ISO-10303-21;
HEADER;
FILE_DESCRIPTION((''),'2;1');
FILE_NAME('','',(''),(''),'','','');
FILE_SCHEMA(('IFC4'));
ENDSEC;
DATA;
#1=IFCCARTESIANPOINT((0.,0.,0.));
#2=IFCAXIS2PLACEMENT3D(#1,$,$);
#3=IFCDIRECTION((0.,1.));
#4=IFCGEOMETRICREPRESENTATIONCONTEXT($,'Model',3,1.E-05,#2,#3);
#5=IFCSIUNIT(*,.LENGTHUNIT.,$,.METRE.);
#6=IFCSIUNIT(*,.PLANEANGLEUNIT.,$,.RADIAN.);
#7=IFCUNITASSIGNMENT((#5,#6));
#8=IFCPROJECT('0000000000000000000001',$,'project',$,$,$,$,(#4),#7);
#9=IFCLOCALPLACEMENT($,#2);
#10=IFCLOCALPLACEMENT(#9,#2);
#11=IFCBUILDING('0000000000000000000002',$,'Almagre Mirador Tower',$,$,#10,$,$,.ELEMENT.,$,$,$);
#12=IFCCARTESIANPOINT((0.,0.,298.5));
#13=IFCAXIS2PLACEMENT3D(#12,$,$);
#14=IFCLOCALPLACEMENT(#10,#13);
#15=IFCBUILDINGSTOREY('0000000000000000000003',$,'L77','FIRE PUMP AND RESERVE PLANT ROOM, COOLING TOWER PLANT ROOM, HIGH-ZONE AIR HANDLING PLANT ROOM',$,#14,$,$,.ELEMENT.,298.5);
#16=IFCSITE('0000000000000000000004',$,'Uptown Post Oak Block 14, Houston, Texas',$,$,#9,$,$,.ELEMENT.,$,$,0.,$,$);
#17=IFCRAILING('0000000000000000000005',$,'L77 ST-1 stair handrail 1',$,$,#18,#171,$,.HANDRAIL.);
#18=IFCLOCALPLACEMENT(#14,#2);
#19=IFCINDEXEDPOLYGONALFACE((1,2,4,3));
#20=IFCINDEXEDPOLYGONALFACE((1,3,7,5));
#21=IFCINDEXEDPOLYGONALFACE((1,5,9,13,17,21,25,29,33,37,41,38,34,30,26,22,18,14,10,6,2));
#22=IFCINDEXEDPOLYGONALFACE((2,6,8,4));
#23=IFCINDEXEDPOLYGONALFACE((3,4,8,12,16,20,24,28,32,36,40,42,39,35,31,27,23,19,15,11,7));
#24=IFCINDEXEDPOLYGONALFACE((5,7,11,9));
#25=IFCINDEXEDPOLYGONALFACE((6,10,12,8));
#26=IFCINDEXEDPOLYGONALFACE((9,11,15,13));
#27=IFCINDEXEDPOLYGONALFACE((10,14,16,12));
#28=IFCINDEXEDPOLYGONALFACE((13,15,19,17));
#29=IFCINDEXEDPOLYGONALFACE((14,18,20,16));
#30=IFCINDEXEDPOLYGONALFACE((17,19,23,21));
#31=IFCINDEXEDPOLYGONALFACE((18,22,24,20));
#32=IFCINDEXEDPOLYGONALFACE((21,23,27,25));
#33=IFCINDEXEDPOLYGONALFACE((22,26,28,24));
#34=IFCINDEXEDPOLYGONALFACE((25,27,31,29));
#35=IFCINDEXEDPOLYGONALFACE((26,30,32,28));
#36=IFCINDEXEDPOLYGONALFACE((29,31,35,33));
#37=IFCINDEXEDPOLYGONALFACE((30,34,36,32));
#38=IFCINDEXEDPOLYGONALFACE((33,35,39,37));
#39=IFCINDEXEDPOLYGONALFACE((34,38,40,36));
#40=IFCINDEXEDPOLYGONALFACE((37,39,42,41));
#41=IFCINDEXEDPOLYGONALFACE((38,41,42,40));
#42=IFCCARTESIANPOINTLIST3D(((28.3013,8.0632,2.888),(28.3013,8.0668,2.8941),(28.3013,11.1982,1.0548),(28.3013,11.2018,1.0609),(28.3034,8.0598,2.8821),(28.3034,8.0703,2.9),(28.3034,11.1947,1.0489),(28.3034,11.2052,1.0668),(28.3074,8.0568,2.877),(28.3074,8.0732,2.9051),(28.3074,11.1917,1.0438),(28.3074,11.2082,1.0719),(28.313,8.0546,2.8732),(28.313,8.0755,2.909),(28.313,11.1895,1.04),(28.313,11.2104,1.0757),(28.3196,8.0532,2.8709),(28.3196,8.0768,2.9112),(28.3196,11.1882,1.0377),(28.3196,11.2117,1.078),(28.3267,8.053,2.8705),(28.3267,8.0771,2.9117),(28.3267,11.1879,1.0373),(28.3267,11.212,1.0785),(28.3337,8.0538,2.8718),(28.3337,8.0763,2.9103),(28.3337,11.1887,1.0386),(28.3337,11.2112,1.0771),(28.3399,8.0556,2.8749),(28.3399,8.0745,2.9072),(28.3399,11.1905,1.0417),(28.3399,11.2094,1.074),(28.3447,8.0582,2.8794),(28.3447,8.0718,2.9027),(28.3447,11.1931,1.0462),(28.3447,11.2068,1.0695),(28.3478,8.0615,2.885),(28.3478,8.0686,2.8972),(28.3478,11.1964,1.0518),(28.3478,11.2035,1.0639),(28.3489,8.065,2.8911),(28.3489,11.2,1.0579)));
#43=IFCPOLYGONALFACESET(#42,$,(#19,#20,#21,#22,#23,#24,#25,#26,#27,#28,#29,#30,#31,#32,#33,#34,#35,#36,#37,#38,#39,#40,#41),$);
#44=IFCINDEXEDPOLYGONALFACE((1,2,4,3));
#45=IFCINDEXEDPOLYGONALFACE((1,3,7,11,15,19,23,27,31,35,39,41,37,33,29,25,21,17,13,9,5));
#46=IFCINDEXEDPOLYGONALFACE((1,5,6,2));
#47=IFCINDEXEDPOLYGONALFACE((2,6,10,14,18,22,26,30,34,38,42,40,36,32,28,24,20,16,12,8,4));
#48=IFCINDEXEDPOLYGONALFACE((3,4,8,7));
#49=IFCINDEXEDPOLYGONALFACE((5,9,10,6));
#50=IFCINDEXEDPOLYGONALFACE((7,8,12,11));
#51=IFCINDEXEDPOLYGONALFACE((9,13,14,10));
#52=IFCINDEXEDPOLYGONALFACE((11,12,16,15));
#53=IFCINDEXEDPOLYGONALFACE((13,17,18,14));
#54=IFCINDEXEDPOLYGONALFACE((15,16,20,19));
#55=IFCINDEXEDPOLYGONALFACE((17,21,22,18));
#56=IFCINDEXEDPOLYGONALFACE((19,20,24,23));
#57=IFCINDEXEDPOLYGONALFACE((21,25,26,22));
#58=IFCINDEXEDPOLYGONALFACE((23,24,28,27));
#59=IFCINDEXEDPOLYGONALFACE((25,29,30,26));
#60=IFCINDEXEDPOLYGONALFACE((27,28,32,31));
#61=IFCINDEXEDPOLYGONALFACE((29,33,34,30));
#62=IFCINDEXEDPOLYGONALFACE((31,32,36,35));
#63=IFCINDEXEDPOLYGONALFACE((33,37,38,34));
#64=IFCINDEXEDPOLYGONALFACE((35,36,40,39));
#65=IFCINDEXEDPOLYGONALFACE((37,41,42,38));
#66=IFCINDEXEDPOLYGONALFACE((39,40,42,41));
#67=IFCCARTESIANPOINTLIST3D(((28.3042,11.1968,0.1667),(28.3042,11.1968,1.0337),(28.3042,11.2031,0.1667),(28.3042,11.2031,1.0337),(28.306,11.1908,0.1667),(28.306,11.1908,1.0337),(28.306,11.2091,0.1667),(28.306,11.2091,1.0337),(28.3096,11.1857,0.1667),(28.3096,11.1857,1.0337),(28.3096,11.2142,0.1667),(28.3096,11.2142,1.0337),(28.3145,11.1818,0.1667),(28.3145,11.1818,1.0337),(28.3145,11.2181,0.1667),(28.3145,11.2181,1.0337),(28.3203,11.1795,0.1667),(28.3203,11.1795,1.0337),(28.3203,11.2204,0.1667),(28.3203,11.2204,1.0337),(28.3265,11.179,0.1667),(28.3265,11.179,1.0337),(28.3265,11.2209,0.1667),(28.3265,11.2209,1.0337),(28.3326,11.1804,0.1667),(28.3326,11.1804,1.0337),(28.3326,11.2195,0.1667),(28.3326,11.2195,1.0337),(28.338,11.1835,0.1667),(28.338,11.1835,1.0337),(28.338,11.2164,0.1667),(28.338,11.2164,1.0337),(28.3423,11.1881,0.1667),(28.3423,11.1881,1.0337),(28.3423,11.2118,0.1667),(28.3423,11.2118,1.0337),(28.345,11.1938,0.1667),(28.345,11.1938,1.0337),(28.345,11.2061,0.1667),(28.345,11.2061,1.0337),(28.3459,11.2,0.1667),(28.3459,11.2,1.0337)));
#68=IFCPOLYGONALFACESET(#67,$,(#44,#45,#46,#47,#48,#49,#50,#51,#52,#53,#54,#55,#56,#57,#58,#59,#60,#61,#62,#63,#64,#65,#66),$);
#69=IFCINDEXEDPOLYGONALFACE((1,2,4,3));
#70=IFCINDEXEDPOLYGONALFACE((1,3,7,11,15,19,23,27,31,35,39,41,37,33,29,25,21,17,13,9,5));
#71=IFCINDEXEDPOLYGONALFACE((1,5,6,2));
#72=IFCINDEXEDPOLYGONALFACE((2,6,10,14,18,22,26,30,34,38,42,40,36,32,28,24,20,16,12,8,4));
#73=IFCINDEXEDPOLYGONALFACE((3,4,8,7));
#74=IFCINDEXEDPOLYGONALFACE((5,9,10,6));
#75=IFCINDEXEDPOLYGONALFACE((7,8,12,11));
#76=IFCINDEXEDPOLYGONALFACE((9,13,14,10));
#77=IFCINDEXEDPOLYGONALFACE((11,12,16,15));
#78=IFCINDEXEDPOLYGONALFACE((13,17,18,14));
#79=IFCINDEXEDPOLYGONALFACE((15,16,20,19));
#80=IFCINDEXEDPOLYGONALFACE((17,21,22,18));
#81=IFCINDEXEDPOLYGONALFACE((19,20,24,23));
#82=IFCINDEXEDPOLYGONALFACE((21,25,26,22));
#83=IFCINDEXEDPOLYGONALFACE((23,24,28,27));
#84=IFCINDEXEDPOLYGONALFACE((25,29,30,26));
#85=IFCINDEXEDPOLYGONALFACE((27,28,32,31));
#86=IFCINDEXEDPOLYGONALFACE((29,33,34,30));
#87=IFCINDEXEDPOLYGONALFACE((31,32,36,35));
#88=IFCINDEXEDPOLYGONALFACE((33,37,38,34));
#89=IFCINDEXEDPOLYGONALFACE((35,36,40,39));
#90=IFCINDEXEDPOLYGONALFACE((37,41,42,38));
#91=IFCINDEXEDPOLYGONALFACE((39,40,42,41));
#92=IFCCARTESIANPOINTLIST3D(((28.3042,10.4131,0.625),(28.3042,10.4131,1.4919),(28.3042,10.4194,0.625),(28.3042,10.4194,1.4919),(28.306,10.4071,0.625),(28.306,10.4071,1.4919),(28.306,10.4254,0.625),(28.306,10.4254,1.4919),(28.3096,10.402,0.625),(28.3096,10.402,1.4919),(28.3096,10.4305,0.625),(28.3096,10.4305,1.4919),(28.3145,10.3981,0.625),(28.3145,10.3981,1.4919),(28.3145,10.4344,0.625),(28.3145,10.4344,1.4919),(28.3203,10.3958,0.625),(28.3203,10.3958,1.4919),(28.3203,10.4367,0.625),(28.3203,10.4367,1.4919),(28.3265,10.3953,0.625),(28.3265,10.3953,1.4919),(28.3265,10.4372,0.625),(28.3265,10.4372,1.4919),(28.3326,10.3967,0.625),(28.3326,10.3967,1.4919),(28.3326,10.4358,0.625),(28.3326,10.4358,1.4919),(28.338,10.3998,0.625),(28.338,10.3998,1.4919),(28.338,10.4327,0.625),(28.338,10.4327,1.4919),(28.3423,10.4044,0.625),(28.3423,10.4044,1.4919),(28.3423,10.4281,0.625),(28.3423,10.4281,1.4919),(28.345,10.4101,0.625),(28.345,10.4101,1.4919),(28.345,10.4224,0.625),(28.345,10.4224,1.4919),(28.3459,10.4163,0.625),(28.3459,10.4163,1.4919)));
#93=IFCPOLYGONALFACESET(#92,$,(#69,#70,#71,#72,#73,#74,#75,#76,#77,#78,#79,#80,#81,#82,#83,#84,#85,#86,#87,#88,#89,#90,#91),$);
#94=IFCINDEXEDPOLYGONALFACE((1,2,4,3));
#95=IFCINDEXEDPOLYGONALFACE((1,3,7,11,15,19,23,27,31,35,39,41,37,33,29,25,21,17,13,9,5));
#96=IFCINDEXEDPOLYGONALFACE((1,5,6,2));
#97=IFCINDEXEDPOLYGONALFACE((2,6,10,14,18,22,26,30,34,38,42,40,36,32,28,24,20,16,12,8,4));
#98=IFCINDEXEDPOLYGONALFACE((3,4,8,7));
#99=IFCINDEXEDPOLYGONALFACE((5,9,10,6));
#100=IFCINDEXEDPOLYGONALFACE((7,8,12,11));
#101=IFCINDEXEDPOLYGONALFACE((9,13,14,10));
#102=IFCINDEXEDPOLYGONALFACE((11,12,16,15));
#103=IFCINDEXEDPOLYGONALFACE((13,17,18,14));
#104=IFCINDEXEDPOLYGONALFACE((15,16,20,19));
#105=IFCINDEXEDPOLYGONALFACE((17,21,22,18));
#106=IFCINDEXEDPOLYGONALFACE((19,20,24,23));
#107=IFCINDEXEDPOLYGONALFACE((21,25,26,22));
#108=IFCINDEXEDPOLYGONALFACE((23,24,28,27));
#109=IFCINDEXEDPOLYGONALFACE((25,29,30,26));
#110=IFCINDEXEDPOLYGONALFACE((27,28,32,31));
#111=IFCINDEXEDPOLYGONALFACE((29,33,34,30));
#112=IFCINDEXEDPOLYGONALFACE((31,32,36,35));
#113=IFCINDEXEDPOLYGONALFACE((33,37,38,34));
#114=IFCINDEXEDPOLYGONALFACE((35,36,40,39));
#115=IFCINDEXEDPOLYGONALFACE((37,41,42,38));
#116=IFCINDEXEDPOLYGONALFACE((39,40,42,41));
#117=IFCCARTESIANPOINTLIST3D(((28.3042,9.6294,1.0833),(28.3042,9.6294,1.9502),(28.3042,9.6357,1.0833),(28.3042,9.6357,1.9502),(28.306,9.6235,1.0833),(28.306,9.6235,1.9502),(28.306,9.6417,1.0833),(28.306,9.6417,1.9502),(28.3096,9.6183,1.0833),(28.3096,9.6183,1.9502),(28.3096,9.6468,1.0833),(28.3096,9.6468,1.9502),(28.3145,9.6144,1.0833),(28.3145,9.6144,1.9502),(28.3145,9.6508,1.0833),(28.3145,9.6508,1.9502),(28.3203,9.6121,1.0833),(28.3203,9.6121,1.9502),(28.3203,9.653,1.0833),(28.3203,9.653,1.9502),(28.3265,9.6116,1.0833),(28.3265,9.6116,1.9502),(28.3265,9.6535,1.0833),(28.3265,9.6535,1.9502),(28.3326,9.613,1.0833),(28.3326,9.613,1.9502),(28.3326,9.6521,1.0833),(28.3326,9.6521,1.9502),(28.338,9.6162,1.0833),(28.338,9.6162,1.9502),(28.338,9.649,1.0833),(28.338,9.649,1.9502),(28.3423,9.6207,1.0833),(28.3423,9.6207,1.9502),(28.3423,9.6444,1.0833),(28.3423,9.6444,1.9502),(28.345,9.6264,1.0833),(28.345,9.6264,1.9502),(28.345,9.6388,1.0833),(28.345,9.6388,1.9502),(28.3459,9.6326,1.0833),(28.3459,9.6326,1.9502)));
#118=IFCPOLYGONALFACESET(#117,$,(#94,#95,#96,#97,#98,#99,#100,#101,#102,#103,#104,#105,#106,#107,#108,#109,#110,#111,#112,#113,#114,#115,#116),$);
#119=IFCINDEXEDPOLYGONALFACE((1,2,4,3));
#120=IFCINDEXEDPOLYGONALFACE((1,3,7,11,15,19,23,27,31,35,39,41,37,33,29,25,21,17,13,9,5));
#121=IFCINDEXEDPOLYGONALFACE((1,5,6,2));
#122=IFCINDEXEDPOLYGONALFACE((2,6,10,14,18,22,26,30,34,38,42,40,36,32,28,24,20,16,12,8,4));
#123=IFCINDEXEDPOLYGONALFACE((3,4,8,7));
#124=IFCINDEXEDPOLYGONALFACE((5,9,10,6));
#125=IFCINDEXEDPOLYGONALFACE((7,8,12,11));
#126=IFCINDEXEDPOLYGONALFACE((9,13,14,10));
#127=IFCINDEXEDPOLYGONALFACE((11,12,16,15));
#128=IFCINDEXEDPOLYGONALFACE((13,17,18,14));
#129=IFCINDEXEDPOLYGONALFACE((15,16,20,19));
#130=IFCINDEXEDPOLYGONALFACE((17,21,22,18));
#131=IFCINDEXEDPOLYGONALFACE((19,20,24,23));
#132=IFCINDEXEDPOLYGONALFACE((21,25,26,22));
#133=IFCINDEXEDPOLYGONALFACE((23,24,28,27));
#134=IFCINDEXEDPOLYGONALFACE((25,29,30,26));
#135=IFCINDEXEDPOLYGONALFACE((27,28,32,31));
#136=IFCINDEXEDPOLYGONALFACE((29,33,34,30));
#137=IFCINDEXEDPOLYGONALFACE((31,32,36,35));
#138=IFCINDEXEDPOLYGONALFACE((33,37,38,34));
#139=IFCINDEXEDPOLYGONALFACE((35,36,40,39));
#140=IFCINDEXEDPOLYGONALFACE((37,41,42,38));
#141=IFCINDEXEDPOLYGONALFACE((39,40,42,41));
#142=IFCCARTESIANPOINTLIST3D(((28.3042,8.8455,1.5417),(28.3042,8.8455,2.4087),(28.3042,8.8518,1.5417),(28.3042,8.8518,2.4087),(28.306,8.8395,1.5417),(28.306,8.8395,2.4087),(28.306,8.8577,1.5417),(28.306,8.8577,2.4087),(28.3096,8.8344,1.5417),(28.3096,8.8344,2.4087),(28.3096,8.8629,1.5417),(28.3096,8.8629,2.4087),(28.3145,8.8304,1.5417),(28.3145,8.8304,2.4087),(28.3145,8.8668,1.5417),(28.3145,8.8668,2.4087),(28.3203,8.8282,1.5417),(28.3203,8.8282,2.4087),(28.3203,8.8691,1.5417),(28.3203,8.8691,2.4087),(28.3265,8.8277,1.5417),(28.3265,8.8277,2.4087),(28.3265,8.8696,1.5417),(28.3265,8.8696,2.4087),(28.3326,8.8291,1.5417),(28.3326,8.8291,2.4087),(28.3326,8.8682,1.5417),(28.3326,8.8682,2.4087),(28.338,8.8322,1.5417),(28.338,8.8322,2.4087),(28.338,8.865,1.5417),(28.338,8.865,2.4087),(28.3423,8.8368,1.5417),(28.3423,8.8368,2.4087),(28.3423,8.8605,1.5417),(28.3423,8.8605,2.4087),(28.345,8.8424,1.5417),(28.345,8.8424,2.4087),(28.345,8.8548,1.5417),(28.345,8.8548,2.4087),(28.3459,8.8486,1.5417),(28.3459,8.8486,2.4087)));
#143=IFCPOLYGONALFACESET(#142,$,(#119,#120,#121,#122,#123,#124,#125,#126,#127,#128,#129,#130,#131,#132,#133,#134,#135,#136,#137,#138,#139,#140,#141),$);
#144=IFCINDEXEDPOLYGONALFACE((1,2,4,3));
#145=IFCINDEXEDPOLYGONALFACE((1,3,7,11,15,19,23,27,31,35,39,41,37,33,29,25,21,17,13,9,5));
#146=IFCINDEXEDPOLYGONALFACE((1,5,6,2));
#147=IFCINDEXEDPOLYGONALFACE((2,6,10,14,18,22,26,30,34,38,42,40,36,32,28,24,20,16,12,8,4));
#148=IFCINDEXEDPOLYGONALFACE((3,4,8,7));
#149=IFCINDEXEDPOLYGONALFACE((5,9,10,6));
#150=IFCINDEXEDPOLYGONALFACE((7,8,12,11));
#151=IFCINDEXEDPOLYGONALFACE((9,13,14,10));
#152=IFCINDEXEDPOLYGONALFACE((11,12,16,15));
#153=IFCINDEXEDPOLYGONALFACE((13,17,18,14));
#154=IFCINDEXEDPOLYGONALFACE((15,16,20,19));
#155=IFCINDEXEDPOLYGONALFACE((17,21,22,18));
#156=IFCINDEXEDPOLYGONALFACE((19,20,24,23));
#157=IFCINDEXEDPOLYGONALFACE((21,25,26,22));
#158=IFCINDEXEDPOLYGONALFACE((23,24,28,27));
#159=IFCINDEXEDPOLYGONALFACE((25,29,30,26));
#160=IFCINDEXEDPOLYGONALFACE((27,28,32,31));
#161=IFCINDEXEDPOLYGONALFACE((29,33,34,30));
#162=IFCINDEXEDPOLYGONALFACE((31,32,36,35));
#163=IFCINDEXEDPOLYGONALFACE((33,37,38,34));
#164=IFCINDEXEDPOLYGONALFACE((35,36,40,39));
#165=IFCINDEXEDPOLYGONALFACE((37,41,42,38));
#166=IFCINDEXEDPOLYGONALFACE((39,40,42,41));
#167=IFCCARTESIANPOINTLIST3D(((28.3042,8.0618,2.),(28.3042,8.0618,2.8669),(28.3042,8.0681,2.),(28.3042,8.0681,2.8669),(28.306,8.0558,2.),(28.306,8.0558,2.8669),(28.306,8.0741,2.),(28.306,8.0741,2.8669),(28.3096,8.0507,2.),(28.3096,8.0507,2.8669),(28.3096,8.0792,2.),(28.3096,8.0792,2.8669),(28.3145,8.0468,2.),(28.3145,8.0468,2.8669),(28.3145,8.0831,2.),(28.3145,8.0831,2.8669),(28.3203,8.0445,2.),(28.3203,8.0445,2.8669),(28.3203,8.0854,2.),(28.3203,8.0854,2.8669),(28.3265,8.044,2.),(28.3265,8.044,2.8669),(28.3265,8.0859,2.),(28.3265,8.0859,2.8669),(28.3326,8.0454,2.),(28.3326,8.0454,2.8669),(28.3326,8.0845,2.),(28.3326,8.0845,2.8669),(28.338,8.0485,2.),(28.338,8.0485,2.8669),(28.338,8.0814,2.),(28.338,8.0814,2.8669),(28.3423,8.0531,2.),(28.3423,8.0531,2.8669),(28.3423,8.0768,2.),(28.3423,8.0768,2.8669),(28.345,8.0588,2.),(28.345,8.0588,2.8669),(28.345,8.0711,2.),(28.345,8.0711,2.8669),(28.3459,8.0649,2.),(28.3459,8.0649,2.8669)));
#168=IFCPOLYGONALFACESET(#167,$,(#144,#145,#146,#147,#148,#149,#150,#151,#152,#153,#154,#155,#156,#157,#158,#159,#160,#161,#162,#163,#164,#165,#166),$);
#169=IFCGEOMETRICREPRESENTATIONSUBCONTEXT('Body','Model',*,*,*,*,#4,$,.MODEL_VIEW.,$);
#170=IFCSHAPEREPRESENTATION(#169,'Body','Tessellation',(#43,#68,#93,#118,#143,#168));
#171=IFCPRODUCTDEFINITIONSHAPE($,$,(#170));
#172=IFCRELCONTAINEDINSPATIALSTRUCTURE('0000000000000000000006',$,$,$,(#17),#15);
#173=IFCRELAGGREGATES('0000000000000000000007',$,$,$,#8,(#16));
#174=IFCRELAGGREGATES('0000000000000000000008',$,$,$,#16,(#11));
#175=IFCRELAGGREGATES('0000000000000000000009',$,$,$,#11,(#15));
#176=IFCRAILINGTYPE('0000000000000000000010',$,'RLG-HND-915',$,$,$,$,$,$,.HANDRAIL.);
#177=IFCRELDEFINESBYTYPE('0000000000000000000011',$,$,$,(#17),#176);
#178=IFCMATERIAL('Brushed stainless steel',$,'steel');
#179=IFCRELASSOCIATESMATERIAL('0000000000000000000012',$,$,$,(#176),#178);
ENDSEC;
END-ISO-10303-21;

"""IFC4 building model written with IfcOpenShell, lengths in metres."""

from ifc_helpers import new_model, si_unit, direction, frame, origin, origin_2d, place, context, subcontext, project, spatial, circle, extrude, material, type_object, element, save


model = new_model("IFC4")

# Units and contexts
model_context = context("Model", 3, precision=1e-05, world=origin(), true_north=direction((0.0, 1.0)))
body_context = subcontext(model_context, "Body", "Model", "MODEL_VIEW")
ifc_project = project(units=[si_unit("LENGTHUNIT", "METRE"), si_unit("PLANEANGLEUNIT", "RADIAN")], contexts=[model_context])

# Site, building, storey
site_placement = place(None, origin())
site = spatial("IfcSite", under=ifc_project, at=site_placement, Name="Uptown Post Oak Block 14, Houston, Texas", CompositionType="ELEMENT", RefElevation=0.0)
building_placement = place(site_placement, origin())
building = spatial("IfcBuilding", under=site, at=building_placement, Name="Almagre Mirador Tower", CompositionType="ELEMENT")
storey_placement = place(building_placement, frame((0.0, 0.0, 298.5)))
storey = spatial("IfcBuildingStorey", under=building, at=storey_placement, Name="L77", Description="FIRE PUMP AND RESERVE PLANT ROOM, COOLING TOWER PLANT ROOM, HIGH-ZONE AIR HANDLING PLANT ROOM", CompositionType="ELEMENT", Elevation=298.5)

# Railing
ifc_material_1 = material(Name="Brushed stainless steel", Category="steel")
railing_type_1 = type_object("IfcRailingType", Name="RLG-HND-915", PredefinedType="HANDRAIL", material=ifc_material_1)
railing_1_placement = place(storey_placement, frame((28.325, 11.2, 0.1667)))
element("IfcRailing", 1, at=railing_1_placement, inside=storey, type_object=railing_type_1, Name="L77 ST-1 stair handrail 1", PredefinedType="HANDRAIL", context=body_context, shape_type="SweptSolid", body=[
    extrude(circle(Radius=0.0239, at=origin_2d()), frame((0.0, 0.0, 0.8911), z_axis=(0.0, -0.86324, 0.504794), x_axis=(1.0, 0.0, 0.0)), (0.0, 0.0, 1.0), 3.6316),
    extrude(circle(Radius=0.021, at=origin_2d()), origin(), (0.0, 0.0, 1.0), 0.8669),
    extrude(circle(Radius=0.021, at=origin_2d()), frame((0.0, -0.7837, 0.4583)), (0.0, 0.0, 1.0), 0.8669),
    extrude(circle(Radius=0.021, at=origin_2d()), frame((0.0, -1.5674, 0.9165)), (0.0, 0.0, 1.0), 0.8669),
    extrude(circle(Radius=0.021, at=origin_2d()), frame((0.0, -2.3513, 1.375)), (0.0, 0.0, 1.0), 0.8669),
    extrude(circle(Radius=0.021, at=origin_2d()), frame((0.0, -3.135, 1.8333)), (0.0, 0.0, 1.0), 0.8669),
])

save(model, "model.ifc")
